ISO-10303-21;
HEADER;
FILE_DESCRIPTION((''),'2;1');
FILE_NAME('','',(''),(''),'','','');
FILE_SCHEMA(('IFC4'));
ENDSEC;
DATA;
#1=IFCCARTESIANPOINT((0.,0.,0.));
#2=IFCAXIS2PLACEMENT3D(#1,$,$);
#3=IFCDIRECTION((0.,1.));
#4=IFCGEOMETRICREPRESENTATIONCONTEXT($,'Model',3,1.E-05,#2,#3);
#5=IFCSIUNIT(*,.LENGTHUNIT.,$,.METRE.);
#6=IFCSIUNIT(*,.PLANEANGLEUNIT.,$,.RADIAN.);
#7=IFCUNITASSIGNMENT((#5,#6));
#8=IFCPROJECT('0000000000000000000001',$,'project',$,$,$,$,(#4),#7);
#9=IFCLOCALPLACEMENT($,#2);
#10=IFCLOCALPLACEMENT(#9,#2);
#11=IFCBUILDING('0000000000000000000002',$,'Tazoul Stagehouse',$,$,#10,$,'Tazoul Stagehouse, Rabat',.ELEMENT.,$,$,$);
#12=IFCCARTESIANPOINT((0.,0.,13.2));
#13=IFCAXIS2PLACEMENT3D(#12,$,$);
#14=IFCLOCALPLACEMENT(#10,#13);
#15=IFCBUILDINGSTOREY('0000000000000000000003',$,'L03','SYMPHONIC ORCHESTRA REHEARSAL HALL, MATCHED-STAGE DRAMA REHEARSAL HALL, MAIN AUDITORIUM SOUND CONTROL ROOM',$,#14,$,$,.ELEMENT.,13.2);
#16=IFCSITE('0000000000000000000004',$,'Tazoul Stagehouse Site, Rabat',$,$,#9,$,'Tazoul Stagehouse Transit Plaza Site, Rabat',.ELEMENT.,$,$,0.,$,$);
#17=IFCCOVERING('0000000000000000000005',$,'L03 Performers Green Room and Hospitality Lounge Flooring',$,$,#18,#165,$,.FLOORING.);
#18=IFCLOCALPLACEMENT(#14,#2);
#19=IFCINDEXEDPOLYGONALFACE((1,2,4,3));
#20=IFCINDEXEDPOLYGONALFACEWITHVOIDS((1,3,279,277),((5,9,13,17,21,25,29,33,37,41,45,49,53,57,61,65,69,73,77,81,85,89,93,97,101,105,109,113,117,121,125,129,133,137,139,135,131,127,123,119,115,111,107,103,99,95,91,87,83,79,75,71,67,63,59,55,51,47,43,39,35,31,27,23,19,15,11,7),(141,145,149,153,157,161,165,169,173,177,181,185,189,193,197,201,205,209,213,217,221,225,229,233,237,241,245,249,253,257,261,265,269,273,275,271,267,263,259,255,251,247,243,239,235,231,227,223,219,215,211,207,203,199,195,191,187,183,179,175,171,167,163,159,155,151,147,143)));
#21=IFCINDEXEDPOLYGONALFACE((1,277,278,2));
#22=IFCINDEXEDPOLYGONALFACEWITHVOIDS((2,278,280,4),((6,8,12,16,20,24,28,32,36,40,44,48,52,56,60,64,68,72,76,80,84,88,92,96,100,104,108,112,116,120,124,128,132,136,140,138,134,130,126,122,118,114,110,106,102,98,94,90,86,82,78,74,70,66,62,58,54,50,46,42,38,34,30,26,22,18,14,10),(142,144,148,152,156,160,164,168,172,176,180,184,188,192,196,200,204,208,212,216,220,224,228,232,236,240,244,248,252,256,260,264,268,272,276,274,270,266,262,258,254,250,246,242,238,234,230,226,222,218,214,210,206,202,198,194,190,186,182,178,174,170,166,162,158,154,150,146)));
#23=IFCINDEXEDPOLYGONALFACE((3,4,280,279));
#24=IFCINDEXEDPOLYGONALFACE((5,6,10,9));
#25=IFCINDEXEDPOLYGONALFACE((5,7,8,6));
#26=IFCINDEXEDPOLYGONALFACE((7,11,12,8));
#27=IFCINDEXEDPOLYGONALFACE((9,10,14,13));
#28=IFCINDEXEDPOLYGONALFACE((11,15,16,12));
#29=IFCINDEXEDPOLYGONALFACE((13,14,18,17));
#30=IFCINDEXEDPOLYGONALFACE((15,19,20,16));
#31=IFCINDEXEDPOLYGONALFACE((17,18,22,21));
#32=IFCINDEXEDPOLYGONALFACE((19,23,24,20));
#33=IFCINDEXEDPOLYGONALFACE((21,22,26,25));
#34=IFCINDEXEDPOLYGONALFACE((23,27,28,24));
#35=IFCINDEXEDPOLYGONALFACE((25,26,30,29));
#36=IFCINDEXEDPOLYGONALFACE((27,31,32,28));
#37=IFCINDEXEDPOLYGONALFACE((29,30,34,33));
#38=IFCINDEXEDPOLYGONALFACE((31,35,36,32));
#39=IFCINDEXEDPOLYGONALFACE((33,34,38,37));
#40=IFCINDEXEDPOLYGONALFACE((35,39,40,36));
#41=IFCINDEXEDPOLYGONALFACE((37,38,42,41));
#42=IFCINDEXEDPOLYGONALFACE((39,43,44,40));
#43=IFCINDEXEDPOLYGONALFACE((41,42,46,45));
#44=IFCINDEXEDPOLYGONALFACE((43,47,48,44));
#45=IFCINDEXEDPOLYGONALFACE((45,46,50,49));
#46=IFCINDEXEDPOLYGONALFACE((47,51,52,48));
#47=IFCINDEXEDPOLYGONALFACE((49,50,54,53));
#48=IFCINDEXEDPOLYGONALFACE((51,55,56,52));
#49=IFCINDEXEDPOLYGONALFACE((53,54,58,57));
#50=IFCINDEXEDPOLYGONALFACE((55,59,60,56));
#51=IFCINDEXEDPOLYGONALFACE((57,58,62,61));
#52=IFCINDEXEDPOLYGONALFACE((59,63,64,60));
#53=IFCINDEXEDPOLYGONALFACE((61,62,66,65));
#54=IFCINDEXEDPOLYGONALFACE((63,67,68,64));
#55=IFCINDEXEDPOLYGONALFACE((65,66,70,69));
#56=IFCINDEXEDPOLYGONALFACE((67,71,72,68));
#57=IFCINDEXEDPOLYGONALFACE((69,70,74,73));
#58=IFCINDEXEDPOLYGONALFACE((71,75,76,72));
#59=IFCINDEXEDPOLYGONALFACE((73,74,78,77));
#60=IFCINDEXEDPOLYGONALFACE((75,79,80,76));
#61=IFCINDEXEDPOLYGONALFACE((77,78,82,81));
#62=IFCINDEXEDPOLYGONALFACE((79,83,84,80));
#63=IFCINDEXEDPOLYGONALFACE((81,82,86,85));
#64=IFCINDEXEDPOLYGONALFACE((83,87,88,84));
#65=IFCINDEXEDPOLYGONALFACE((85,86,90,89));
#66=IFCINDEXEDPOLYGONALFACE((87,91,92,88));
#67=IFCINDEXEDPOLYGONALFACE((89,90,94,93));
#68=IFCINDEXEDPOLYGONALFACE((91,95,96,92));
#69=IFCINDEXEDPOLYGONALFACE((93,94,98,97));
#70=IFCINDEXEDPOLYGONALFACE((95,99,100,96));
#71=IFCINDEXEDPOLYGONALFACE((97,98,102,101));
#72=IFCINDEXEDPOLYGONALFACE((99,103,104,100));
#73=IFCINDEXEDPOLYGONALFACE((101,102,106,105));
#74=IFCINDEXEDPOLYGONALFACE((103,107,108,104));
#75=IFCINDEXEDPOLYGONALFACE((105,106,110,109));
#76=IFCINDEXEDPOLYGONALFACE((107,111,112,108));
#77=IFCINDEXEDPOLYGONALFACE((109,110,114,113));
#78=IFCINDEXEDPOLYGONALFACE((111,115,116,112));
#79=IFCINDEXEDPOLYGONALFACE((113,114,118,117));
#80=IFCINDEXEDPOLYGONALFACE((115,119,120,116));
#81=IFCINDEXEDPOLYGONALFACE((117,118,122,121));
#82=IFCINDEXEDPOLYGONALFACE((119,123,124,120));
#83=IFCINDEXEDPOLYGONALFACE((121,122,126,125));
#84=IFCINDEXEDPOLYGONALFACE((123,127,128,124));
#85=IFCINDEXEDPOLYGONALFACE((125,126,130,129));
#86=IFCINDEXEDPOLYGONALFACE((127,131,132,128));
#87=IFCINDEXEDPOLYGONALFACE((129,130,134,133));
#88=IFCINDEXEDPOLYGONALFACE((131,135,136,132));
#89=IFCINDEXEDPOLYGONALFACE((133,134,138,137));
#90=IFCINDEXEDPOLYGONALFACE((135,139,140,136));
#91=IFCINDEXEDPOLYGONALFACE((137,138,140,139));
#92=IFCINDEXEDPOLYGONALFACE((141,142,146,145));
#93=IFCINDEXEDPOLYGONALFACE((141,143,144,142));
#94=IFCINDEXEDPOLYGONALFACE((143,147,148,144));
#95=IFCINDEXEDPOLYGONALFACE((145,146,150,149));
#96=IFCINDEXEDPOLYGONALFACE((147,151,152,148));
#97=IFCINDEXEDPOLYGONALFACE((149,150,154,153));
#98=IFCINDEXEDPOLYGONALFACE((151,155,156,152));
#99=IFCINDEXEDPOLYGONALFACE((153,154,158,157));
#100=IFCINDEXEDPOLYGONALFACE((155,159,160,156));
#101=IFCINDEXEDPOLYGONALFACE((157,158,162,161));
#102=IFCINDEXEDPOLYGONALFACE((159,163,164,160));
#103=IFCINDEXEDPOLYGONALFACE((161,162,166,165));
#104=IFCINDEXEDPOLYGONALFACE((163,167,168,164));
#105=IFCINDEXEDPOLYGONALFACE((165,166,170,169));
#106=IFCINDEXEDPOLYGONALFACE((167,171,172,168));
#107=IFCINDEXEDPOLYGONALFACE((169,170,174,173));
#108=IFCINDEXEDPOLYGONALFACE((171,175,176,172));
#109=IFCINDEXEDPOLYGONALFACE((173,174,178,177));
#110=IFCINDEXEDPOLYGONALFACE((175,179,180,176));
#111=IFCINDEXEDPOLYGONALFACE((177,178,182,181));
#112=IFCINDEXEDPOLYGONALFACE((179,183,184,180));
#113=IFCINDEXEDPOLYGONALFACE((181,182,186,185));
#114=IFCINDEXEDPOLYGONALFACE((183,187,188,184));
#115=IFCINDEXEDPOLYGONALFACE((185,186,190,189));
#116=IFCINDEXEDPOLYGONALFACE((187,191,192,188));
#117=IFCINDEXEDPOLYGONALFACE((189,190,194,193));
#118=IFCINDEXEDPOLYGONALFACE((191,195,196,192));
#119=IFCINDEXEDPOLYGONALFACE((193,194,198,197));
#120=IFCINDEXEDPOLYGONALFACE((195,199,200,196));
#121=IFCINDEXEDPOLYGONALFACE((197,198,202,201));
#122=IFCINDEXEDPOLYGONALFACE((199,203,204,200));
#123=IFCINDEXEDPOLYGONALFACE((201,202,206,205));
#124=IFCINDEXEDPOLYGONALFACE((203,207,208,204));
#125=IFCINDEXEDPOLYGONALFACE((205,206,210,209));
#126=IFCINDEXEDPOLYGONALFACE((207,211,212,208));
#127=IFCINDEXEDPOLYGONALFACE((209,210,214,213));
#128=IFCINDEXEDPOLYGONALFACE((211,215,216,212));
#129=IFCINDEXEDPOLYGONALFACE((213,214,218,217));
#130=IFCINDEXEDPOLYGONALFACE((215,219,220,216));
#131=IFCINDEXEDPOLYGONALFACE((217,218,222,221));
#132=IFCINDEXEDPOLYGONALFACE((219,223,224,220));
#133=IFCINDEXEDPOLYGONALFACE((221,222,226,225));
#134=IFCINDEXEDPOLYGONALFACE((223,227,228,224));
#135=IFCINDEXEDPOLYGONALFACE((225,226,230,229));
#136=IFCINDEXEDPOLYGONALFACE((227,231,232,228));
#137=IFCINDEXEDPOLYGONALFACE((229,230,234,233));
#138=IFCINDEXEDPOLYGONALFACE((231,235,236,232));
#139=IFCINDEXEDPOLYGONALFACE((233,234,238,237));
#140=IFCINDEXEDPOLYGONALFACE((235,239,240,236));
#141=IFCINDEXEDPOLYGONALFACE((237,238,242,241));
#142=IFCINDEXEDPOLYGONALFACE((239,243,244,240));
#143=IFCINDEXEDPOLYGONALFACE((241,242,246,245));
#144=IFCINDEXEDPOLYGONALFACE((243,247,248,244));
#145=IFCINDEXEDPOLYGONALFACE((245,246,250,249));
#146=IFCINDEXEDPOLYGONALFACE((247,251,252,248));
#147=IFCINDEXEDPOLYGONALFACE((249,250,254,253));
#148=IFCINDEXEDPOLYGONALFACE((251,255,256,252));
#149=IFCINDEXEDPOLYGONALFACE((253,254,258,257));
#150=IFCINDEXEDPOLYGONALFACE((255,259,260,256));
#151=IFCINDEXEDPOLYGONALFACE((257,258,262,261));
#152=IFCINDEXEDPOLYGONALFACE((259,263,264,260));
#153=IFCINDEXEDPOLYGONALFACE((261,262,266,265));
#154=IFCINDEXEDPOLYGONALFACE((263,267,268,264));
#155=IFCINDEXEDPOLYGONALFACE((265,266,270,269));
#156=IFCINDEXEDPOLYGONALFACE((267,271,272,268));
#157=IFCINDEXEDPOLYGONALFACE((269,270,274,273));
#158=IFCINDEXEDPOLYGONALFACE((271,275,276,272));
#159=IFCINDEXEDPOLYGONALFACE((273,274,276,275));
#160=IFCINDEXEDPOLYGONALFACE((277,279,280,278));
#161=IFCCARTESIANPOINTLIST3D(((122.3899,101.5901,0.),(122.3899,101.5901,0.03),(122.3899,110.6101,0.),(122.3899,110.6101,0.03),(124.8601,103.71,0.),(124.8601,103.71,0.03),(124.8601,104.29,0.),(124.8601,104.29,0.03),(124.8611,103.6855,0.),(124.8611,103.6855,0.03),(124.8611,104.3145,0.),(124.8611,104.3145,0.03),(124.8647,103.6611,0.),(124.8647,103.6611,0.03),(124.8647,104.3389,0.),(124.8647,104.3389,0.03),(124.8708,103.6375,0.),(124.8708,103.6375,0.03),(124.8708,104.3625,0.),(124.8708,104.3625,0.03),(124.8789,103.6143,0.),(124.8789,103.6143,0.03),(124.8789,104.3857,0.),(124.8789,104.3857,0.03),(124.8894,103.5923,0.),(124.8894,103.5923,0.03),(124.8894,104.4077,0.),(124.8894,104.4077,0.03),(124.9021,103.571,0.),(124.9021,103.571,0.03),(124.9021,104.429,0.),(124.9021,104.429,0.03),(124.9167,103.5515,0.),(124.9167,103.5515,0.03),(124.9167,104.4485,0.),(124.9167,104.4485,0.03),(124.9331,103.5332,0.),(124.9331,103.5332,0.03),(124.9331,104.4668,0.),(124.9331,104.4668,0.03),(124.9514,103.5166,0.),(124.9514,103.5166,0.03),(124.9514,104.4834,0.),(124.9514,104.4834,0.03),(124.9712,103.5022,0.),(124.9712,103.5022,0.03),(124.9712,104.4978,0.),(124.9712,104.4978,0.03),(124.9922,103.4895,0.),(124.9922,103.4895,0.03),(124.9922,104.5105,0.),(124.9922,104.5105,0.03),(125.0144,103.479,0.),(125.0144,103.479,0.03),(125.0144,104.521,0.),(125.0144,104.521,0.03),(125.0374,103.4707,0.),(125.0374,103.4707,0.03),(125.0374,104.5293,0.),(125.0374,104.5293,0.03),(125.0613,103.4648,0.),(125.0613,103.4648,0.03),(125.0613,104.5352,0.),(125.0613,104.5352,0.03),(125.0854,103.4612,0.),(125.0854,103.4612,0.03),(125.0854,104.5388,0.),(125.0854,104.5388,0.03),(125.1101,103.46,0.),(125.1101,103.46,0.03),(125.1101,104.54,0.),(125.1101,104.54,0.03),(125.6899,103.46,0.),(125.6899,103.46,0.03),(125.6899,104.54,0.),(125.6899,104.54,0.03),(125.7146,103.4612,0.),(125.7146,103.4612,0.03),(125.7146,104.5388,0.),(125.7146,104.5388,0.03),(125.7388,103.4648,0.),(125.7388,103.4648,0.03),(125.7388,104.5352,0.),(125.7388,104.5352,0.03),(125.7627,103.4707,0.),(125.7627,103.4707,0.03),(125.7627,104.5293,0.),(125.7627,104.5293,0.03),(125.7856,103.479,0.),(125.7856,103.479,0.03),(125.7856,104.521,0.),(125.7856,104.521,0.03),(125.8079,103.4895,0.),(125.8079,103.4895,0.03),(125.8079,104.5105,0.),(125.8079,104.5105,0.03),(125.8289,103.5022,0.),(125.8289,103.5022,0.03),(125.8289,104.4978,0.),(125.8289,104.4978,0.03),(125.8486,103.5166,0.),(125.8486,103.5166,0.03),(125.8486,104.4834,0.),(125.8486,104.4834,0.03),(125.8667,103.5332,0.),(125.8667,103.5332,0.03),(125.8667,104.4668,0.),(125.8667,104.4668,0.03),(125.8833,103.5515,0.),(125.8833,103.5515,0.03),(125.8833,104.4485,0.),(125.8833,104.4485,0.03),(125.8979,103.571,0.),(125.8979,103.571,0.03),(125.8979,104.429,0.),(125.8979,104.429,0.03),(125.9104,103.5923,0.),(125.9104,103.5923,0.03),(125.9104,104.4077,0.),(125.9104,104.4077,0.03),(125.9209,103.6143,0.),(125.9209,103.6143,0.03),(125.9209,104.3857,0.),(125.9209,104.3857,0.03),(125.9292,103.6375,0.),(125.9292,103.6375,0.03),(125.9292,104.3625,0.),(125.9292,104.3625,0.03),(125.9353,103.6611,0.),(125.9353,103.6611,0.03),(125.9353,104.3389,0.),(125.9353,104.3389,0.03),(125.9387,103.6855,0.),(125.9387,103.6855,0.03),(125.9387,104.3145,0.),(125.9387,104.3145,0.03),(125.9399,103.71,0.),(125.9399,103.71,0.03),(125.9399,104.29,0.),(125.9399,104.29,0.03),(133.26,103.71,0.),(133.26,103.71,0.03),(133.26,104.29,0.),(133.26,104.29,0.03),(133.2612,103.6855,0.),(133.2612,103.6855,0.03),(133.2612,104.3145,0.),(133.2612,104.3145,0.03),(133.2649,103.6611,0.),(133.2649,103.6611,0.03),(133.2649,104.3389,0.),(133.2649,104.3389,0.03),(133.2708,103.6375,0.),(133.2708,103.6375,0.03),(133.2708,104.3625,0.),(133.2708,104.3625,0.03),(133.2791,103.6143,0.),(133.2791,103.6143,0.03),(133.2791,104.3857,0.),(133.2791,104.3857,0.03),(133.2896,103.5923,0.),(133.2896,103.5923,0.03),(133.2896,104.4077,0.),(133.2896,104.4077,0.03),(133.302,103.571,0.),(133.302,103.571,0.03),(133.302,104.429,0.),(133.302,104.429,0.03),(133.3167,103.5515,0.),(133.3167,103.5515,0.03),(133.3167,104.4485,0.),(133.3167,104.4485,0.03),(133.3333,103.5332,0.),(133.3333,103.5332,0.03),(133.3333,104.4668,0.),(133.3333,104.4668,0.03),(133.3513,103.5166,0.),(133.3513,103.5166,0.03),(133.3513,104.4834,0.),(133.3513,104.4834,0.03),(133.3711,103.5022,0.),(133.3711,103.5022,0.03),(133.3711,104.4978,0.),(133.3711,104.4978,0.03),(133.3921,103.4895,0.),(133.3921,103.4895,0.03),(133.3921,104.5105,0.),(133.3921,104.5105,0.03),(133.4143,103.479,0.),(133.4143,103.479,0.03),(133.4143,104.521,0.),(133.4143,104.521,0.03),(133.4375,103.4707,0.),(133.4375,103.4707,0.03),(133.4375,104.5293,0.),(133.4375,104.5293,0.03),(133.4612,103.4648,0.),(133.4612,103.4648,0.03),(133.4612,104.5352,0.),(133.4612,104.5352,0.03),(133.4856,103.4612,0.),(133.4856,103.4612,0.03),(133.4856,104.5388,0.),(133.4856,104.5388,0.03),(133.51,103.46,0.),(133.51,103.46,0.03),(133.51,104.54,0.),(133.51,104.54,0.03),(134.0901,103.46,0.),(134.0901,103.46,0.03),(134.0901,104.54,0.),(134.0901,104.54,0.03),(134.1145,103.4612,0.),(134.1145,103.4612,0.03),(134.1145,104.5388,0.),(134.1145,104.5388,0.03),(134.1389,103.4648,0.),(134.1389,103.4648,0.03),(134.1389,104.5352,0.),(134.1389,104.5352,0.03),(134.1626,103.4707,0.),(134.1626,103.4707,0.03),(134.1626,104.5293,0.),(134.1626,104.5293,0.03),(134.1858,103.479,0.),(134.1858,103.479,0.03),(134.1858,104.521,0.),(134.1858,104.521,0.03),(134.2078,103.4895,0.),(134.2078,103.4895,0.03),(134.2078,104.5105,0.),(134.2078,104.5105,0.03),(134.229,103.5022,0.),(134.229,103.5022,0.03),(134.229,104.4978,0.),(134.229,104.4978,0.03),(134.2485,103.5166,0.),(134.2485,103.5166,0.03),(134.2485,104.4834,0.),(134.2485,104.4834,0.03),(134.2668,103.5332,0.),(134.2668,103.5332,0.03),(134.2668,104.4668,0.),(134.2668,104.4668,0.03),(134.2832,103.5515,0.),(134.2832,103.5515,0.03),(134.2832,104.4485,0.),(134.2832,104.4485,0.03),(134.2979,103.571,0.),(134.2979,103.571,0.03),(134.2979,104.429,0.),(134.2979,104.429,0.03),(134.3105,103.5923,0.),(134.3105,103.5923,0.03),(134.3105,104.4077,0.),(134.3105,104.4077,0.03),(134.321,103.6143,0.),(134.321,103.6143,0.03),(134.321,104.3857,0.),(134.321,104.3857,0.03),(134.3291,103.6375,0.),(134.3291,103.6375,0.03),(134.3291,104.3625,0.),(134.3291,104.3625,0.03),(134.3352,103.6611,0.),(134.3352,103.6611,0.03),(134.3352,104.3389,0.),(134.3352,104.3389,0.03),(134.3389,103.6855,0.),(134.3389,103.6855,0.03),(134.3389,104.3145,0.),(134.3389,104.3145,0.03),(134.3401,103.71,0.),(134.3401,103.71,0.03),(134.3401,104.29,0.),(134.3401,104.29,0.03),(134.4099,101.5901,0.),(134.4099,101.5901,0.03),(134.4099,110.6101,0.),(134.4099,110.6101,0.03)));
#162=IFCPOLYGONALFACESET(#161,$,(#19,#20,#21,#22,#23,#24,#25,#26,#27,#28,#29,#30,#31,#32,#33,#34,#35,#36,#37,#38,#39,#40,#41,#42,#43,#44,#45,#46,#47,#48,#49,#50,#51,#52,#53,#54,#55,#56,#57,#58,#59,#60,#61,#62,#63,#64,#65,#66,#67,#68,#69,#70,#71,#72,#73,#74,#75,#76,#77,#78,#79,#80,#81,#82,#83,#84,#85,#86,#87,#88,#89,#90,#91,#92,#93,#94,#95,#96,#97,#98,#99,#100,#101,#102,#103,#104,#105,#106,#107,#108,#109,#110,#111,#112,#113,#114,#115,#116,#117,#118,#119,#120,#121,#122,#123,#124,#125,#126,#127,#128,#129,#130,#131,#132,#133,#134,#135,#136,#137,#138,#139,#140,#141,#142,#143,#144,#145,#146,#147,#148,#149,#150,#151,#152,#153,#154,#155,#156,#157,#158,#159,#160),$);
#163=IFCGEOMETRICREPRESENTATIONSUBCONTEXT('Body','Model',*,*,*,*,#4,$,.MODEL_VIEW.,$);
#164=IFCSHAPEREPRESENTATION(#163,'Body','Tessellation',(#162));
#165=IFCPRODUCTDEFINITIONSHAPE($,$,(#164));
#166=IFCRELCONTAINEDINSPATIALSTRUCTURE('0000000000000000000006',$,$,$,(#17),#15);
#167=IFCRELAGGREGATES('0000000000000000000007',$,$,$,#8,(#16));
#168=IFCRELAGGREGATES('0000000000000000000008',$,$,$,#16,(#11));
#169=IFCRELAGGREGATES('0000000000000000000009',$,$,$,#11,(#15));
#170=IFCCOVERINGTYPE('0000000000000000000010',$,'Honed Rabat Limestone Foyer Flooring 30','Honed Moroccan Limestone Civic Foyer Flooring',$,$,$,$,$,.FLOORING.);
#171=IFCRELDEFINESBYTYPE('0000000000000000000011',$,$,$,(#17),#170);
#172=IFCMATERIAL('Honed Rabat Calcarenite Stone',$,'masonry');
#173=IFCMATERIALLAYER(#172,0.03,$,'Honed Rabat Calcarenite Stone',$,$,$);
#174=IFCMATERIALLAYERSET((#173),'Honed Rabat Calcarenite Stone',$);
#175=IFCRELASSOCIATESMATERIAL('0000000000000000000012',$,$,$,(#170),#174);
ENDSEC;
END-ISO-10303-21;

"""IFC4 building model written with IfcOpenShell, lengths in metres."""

from ifc_helpers import new_model, si_unit, direction, frame, origin, place, context, subcontext, project, spatial, polyline, outline, extrude, material, layer, layer_set, type_object, element, save


model = new_model("IFC4")

# Units and contexts
model_context = context("Model", 3, precision=1e-05, world=origin(), true_north=direction((0.0, 1.0)))
body_context = subcontext(model_context, "Body", "Model", "MODEL_VIEW")
ifc_project = project(units=[si_unit("LENGTHUNIT", "METRE"), si_unit("PLANEANGLEUNIT", "RADIAN")], contexts=[model_context])

# Site, building, storey
site_placement = place(None, origin())
site = spatial("IfcSite", under=ifc_project, at=site_placement, Name="Tazoul Stagehouse Site, Rabat", LongName="Tazoul Stagehouse Transit Plaza Site, Rabat", CompositionType="ELEMENT", RefElevation=0.0)
building_placement = place(site_placement, origin())
building = spatial("IfcBuilding", under=site, at=building_placement, Name="Tazoul Stagehouse", LongName="Tazoul Stagehouse, Rabat", CompositionType="ELEMENT")
storey_placement = place(building_placement, frame((0.0, 0.0, 13.2)))
storey = spatial("IfcBuildingStorey", under=building, at=storey_placement, Name="L03", Description="SYMPHONIC ORCHESTRA REHEARSAL HALL, MATCHED-STAGE DRAMA REHEARSAL HALL, MAIN AUDITORIUM SOUND CONTROL ROOM", CompositionType="ELEMENT", Elevation=13.2)

# Covering
ifc_material_1 = material(Name="Honed Rabat Calcarenite Stone", Category="masonry")
ifc_layer_1 = layer(ifc_material_1, 0.03, Name="Honed Rabat Calcarenite Stone")
ifc_layer_set_1 = layer_set([ifc_layer_1], Name="Honed Rabat Calcarenite Stone")
covering_type_1 = type_object("IfcCoveringType", Name="Honed Rabat Limestone Foyer Flooring 30", Description="Honed Moroccan Limestone Civic Foyer Flooring", PredefinedType="FLOORING", material=ifc_layer_set_1)
covering_1_placement = place(storey_placement, origin())
element("IfcCovering", 1, at=covering_1_placement, inside=storey, type_object=covering_type_1, Name="L03 Performers Green Room and Hospitality Lounge Flooring", PredefinedType="FLOORING", context=body_context, shape_type="SweptSolid", body=[
    extrude(outline(polyline([(134.4099, 110.6101), (134.4099, 101.5901), (122.3899, 101.5901), (122.3899, 110.6101), (134.4099, 110.6101)]), holes=[polyline([(133.4856, 104.5388), (133.4612, 104.5352), (133.4375, 104.5293), (133.4143, 104.521), (133.3921, 104.5105), (133.3711, 104.4978), (133.3513, 104.4834), (133.3333, 104.4668), (133.3167, 104.4485), (133.302, 104.429), (133.2896, 104.4077), (133.2791, 104.3857), (133.2708, 104.3625), (133.2649, 104.3389), (133.2612, 104.3145), (133.26, 104.29), (133.26, 103.71), (133.2612, 103.6855), (133.2649, 103.6611), (133.2708, 103.6375), (133.2791, 103.6143), (133.2896, 103.5923), (133.302, 103.571), (133.3167, 103.5515), (133.3333, 103.5332), (133.3513, 103.5166), (133.3711, 103.5022), (133.3921, 103.4895), (133.4143, 103.479), (133.4375, 103.4707), (133.4612, 103.4648), (133.4856, 103.4612), (133.51, 103.46), (134.0901, 103.46), (134.1145, 103.4612), (134.1389, 103.4648), (134.1626, 103.4707), (134.1858, 103.479), (134.2078, 103.4895), (134.229, 103.5022), (134.2485, 103.5166), (134.2668, 103.5332), (134.2832, 103.5515), (134.2979, 103.571), (134.3105, 103.5923), (134.321, 103.6143), (134.3291, 103.6375), (134.3352, 103.6611), (134.3389, 103.6855), (134.3401, 103.71), (134.3401, 104.29), (134.3389, 104.3145), (134.3352, 104.3389), (134.3291, 104.3625), (134.321, 104.3857), (134.3105, 104.4077), (134.2979, 104.429), (134.2832, 104.4485), (134.2668, 104.4668), (134.2485, 104.4834), (134.229, 104.4978), (134.2078, 104.5105), (134.1858, 104.521), (134.1626, 104.5293), (134.1389, 104.5352), (134.1145, 104.5388), (134.0901, 104.54), (133.51, 104.54), (133.4856, 104.5388)]), polyline([(125.0854, 104.5388), (125.0613, 104.5352), (125.0374, 104.5293), (125.0144, 104.521), (124.9922, 104.5105), (124.9712, 104.4978), (124.9514, 104.4834), (124.9331, 104.4668), (124.9167, 104.4485), (124.9021, 104.429), (124.8894, 104.4077), (124.8789, 104.3857), (124.8708, 104.3625), (124.8647, 104.3389), (124.8611, 104.3145), (124.8601, 104.29), (124.8601, 103.71), (124.8611, 103.6855), (124.8647, 103.6611), (124.8708, 103.6375), (124.8789, 103.6143), (124.8894, 103.5923), (124.9021, 103.571), (124.9167, 103.5515), (124.9331, 103.5332), (124.9514, 103.5166), (124.9712, 103.5022), (124.9922, 103.4895), (125.0144, 103.479), (125.0374, 103.4707), (125.0613, 103.4648), (125.0854, 103.4612), (125.1101, 103.46), (125.6899, 103.46), (125.7146, 103.4612), (125.7388, 103.4648), (125.7627, 103.4707), (125.7856, 103.479), (125.8079, 103.4895), (125.8289, 103.5022), (125.8486, 103.5166), (125.8667, 103.5332), (125.8833, 103.5515), (125.8979, 103.571), (125.9104, 103.5923), (125.9209, 103.6143), (125.9292, 103.6375), (125.9353, 103.6611), (125.9387, 103.6855), (125.9399, 103.71), (125.9399, 104.29), (125.9387, 104.3145), (125.9353, 104.3389), (125.9292, 104.3625), (125.9209, 104.3857), (125.9104, 104.4077), (125.8979, 104.429), (125.8833, 104.4485), (125.8667, 104.4668), (125.8486, 104.4834), (125.8289, 104.4978), (125.8079, 104.5105), (125.7856, 104.521), (125.7627, 104.5293), (125.7388, 104.5352), (125.7146, 104.5388), (125.6899, 104.54), (125.1101, 104.54), (125.0854, 104.5388)])]), origin(), (0.0, 0.0, 1.0), 0.03),
])

save(model, "model.ifc")
